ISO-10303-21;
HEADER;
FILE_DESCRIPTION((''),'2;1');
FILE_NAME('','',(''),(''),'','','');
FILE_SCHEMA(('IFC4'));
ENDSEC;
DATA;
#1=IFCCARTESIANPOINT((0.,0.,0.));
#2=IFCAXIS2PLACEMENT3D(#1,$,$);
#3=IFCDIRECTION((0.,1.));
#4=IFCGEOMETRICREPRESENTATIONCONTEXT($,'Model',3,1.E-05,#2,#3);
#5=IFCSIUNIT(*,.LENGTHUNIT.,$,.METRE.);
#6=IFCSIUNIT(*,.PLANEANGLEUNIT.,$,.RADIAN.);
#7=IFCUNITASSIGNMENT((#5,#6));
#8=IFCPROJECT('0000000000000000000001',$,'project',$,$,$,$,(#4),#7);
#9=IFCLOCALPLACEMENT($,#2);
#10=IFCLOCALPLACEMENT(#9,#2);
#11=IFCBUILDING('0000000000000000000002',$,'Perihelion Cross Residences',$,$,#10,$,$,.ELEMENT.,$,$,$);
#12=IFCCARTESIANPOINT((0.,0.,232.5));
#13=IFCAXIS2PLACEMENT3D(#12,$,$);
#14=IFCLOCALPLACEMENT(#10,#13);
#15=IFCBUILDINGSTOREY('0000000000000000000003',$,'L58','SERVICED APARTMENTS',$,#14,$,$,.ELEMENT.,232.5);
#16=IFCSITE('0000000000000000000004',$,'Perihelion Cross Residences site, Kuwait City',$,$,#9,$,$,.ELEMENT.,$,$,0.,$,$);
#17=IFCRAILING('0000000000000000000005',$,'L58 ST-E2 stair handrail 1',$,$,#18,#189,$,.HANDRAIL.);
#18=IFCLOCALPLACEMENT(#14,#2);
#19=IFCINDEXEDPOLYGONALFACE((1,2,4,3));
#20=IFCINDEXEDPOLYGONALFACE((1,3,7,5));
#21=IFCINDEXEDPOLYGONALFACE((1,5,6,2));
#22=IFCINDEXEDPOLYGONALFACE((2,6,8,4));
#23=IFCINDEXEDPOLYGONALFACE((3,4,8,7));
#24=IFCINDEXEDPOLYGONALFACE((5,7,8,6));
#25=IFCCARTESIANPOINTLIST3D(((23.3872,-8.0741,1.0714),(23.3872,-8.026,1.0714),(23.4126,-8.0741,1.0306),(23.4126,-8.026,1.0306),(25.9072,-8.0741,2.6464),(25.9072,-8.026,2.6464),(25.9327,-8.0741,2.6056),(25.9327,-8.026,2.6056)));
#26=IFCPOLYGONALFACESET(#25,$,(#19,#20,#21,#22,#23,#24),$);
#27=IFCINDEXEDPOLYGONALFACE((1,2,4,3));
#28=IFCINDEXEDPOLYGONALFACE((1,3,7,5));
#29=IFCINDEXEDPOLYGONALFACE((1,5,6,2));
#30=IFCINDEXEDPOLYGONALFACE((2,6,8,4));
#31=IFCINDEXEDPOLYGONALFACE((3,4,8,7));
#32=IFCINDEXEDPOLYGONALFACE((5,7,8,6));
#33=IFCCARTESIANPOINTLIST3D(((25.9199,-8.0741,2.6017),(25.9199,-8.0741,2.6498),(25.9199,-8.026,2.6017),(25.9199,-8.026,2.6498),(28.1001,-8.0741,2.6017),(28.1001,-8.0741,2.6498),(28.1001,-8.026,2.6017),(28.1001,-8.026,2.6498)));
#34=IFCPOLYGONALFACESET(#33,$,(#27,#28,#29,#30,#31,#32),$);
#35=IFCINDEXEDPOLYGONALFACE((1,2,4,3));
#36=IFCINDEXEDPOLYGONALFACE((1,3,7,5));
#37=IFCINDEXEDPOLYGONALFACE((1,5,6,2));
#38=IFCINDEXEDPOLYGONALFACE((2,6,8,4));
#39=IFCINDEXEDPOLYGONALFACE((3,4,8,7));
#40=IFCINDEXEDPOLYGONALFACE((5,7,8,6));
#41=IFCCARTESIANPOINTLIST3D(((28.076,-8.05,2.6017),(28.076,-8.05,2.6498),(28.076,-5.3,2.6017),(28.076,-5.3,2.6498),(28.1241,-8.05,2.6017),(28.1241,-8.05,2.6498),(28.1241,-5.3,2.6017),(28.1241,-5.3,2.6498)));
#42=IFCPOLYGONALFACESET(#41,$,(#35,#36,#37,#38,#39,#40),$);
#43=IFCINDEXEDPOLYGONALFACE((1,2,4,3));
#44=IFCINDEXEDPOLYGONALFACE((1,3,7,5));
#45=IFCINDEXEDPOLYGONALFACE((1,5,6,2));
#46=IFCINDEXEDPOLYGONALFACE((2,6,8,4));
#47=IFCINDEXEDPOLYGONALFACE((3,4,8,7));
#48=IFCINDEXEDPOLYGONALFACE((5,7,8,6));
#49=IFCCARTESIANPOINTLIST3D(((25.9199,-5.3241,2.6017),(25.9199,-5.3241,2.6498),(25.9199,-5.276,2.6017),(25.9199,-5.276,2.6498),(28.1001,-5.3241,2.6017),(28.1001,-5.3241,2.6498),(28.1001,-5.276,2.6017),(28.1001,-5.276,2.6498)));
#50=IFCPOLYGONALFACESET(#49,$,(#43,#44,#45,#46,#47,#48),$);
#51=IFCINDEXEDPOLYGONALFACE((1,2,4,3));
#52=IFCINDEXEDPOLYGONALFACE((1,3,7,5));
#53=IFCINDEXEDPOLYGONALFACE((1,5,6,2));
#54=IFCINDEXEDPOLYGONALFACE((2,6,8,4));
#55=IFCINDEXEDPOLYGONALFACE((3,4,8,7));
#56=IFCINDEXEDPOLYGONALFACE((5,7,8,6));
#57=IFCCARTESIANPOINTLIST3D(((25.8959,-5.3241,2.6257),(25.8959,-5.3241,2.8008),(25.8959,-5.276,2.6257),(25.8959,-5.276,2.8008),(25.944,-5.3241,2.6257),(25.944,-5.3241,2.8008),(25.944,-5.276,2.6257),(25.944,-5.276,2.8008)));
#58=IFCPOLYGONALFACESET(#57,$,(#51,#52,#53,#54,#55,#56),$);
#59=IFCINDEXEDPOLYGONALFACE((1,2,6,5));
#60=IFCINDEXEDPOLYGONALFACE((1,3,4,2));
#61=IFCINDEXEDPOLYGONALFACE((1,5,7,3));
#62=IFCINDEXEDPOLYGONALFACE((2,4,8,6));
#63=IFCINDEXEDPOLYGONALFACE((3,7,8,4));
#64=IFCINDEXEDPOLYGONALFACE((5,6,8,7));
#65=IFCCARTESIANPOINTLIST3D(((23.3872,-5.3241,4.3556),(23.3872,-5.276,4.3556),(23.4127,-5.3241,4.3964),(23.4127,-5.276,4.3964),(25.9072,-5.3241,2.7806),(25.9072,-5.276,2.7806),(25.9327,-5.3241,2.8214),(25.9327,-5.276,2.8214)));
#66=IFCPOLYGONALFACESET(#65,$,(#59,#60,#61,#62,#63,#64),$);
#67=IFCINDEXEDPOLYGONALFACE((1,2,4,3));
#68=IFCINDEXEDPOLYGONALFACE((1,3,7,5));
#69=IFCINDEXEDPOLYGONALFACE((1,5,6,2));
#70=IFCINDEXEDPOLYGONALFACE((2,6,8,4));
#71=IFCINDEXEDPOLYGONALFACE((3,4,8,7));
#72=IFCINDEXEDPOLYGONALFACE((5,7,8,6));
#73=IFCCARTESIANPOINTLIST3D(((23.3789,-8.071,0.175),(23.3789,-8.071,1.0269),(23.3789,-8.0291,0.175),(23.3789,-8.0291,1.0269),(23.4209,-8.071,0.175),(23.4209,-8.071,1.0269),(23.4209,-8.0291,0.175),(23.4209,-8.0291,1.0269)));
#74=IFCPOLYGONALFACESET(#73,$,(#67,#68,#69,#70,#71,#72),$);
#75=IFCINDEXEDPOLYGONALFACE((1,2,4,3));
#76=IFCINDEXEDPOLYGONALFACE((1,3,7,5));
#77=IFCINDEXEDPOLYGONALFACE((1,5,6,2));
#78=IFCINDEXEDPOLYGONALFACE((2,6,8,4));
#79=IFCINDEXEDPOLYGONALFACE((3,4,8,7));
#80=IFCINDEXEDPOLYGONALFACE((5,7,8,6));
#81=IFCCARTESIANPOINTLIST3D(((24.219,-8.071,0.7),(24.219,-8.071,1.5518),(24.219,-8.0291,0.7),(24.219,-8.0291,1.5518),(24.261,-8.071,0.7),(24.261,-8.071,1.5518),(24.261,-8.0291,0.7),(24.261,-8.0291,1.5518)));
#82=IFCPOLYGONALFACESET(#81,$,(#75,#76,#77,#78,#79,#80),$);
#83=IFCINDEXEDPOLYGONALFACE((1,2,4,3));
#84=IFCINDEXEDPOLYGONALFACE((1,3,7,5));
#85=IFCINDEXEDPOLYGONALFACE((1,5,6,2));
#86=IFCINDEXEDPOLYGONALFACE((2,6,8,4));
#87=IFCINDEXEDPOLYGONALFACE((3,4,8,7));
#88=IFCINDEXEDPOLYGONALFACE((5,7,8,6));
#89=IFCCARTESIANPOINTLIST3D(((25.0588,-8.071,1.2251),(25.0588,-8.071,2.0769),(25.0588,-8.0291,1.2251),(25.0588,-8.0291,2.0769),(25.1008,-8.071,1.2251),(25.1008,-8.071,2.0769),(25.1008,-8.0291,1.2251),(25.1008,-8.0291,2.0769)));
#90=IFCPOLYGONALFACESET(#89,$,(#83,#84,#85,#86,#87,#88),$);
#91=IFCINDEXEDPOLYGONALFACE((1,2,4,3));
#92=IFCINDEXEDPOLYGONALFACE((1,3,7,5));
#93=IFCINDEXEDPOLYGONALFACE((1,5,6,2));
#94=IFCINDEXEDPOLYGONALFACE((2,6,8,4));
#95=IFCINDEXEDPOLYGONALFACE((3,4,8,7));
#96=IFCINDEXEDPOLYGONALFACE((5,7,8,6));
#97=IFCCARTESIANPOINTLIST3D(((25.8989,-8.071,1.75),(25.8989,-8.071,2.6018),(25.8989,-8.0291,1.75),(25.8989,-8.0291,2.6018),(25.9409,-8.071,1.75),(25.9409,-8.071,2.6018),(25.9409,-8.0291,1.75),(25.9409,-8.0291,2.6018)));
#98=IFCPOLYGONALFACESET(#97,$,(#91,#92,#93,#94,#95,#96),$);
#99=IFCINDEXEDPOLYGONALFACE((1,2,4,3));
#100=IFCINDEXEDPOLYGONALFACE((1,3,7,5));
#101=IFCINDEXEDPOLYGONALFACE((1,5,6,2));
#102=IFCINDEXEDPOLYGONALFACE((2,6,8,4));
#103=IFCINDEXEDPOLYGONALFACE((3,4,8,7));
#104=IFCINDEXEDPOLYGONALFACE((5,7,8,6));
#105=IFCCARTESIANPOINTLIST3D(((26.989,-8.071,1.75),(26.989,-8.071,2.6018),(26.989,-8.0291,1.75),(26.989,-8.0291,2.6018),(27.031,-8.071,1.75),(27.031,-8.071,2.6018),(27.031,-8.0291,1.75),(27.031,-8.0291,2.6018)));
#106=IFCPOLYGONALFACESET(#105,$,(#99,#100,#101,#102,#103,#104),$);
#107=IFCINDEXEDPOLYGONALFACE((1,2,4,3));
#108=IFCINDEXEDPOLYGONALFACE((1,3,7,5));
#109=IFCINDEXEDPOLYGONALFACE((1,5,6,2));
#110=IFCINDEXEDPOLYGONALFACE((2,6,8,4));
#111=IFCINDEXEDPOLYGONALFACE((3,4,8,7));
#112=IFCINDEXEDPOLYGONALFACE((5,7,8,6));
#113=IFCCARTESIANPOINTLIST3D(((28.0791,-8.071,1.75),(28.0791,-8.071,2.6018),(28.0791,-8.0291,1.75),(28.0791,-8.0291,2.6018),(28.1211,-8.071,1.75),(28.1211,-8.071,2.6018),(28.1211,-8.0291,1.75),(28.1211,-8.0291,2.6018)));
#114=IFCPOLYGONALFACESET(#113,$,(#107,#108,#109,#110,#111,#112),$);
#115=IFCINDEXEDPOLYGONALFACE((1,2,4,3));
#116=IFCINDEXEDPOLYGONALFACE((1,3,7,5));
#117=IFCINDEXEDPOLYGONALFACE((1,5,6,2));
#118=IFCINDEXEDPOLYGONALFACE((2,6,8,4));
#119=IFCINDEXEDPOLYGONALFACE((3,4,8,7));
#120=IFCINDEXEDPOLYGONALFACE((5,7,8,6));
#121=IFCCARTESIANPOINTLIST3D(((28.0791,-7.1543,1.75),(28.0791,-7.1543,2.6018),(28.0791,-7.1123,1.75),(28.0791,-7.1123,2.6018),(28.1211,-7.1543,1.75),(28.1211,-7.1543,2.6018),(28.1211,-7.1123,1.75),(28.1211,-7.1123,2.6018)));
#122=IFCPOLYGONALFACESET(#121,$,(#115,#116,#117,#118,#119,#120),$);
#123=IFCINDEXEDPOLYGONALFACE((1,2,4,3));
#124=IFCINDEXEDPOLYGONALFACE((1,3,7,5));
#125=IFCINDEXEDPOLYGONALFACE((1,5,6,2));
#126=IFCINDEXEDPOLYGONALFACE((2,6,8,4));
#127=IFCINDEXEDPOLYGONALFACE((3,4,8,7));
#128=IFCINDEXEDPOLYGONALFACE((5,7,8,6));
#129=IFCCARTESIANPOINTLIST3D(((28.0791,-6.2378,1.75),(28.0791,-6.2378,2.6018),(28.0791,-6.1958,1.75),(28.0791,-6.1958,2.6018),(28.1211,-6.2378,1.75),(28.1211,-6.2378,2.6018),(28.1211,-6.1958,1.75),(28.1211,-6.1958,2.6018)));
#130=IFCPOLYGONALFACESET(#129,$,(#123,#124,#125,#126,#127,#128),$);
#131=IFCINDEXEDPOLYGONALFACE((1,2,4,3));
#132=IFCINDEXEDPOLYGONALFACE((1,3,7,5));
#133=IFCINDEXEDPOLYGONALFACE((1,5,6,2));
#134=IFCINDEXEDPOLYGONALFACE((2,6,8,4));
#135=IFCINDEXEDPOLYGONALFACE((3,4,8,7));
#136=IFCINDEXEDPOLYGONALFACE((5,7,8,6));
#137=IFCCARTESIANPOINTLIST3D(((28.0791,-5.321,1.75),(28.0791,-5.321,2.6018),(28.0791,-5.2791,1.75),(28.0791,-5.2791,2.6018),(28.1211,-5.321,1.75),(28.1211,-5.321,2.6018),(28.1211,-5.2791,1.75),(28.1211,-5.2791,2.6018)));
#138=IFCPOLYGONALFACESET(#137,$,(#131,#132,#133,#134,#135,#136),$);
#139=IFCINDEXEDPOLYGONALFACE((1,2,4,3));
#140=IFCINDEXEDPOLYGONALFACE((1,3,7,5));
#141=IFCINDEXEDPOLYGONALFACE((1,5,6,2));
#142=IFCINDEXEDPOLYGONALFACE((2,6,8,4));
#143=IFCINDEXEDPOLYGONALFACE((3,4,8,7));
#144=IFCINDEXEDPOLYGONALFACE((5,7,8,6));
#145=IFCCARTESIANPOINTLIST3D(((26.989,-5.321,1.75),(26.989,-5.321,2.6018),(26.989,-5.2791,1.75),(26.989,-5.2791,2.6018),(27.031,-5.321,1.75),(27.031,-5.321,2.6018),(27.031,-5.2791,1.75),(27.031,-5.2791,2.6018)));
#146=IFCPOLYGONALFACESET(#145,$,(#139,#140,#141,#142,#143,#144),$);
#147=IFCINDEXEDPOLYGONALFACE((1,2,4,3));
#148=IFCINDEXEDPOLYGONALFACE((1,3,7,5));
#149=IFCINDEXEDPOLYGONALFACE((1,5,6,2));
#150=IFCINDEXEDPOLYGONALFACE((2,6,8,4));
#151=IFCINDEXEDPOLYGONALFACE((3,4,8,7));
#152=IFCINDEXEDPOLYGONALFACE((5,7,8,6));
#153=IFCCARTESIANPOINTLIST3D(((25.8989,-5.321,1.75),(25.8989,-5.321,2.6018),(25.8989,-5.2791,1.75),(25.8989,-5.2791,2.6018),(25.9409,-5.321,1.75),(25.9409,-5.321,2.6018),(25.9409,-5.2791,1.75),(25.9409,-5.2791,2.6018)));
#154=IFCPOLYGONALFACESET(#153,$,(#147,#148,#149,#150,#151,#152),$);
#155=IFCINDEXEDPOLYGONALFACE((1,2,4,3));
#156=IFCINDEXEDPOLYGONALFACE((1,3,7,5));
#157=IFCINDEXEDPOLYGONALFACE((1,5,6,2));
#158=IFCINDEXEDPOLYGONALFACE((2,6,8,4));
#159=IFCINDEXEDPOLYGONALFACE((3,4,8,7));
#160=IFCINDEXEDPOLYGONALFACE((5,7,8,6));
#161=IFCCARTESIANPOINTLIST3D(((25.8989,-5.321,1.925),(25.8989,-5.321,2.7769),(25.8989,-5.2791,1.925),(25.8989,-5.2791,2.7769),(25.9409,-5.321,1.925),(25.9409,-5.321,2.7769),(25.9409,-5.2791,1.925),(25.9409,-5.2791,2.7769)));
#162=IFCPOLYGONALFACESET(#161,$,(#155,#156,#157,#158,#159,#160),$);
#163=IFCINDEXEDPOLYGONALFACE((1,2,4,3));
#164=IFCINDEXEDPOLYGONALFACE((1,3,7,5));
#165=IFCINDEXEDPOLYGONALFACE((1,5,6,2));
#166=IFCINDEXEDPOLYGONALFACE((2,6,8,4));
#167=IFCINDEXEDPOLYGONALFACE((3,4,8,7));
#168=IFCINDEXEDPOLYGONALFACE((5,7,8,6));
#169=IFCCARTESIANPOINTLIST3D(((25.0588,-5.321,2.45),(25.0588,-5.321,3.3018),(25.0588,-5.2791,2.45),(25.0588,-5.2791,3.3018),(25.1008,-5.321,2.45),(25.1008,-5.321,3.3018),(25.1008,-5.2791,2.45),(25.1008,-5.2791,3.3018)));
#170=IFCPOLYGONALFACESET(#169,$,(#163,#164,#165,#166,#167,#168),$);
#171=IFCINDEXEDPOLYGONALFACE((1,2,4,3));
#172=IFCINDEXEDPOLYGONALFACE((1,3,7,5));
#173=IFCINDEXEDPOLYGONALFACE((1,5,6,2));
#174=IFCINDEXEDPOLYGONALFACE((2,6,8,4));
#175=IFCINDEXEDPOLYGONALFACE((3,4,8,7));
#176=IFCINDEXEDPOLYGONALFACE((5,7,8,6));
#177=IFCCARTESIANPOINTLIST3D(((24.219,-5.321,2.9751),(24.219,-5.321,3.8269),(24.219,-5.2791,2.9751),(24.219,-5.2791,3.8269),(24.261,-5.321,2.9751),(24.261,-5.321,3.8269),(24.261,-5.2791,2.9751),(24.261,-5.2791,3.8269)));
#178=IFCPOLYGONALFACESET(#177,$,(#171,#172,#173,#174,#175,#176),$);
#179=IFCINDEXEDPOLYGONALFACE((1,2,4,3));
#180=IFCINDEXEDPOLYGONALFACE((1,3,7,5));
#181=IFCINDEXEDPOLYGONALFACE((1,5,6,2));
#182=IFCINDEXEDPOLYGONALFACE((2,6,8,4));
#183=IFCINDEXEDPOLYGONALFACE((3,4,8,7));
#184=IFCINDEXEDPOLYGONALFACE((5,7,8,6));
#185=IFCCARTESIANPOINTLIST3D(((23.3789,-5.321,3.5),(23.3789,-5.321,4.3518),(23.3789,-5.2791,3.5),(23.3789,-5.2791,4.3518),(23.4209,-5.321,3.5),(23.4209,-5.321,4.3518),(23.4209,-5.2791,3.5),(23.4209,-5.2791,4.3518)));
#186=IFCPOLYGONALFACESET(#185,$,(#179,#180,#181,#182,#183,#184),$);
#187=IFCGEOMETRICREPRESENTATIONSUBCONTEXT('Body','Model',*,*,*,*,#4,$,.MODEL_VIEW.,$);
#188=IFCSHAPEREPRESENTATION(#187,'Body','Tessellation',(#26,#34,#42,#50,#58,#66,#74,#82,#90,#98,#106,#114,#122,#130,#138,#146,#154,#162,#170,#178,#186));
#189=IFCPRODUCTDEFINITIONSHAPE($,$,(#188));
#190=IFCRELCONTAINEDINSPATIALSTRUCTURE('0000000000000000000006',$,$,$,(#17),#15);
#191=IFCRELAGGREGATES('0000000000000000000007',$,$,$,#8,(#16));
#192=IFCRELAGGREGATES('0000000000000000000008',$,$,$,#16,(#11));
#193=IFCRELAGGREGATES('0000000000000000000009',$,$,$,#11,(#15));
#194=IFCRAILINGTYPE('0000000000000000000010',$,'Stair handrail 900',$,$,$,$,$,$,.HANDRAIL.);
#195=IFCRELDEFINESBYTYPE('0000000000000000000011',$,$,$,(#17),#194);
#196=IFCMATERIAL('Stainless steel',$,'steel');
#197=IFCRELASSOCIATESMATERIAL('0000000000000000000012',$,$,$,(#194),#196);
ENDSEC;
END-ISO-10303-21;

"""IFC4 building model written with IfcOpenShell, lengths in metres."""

from ifc_helpers import new_model, si_unit, direction, frame, origin, origin_2d, place, context, subcontext, project, spatial, rectangle, extrude, material, type_object, element, save


model = new_model("IFC4")

# Units and contexts
model_context = context("Model", 3, precision=1e-05, world=origin(), true_north=direction((0.0, 1.0)))
body_context = subcontext(model_context, "Body", "Model", "MODEL_VIEW")
ifc_project = project(units=[si_unit("LENGTHUNIT", "METRE"), si_unit("PLANEANGLEUNIT", "RADIAN")], contexts=[model_context])

# Site, building, storey
site_placement = place(None, origin())
site = spatial("IfcSite", under=ifc_project, at=site_placement, Name="Perihelion Cross Residences site, Kuwait City", CompositionType="ELEMENT", RefElevation=0.0)
building_placement = place(site_placement, origin())
building = spatial("IfcBuilding", under=site, at=building_placement, Name="Perihelion Cross Residences", CompositionType="ELEMENT")
storey_placement = place(building_placement, frame((0.0, 0.0, 232.5)))
storey = spatial("IfcBuildingStorey", under=building, at=storey_placement, Name="L58", Description="SERVICED APARTMENTS", CompositionType="ELEMENT", Elevation=232.5)

# Railing
ifc_material_1 = material(Name="Stainless steel", Category="steel")
railing_type_1 = type_object("IfcRailingType", Name="Stair handrail 900", PredefinedType="HANDRAIL", material=ifc_material_1)
railing_1_placement = place(storey_placement, frame((23.3999, -8.05, 0.175)))
element("IfcRailing", 1, at=railing_1_placement, inside=storey, type_object=railing_type_1, Name="L58 ST-E2 stair handrail 1", PredefinedType="HANDRAIL", context=body_context, shape_type="SweptSolid", body=[
    extrude(rectangle(XDim=0.0481, YDim=0.0481, at=origin_2d()), frame((0.0, 0.0, 0.876), z_axis=(0.848008, 0.0, 0.529984), x_axis=(0.0, 1.0, 0.0)), (0.0, 0.0, 1.0), 2.9717),
    extrude(rectangle(XDim=0.0481, YDim=0.0481, at=origin_2d()), frame((2.52, 0.0, 2.4507), z_axis=(1.0, 0.0, 0.0), x_axis=(0.0, 1.0, 0.0)), (0.0, 0.0, 1.0), 2.1802),
    extrude(rectangle(XDim=0.0481, YDim=0.0481, at=origin_2d()), frame((4.7002, 0.0, 2.4507), z_axis=(0.0, 1.0, 0.0), x_axis=(-1.0, 0.0, 0.0)), (0.0, 0.0, 1.0), 2.75),
    extrude(rectangle(XDim=0.0481, YDim=0.0481, at=origin_2d()), frame((4.7002, 2.75, 2.4507), z_axis=(-1.0, 0.0, 0.0), x_axis=(0.0, -1.0, 0.0)), (0.0, 0.0, 1.0), 2.1802),
    extrude(rectangle(XDim=0.0481, YDim=0.0481, at=origin_2d()), frame((2.52, 2.75, 2.4507), z_axis=(0.0, 0.0, 1.0), x_axis=(1.0, 0.0, 0.0)), (0.0, 0.0, 1.0), 0.175),
    extrude(rectangle(XDim=0.0481, YDim=0.0481, at=origin_2d()), frame((2.52, 2.75, 2.626), z_axis=(-0.848008, 0.0, 0.529984), x_axis=(0.0, -1.0, 0.0)), (0.0, 0.0, 1.0), 2.9717),
    extrude(rectangle(XDim=0.042, YDim=0.042, at=origin_2d()), origin(), (0.0, 0.0, 1.0), 0.8518),
    extrude(rectangle(XDim=0.042, YDim=0.042, at=origin_2d()), frame((0.8401, 0.0, 0.5249)), (0.0, 0.0, 1.0), 0.8518),
    extrude(rectangle(XDim=0.042, YDim=0.042, at=origin_2d()), frame((1.6799, 0.0, 1.05)), (0.0, 0.0, 1.0), 0.8518),
    extrude(rectangle(XDim=0.042, YDim=0.042, at=origin_2d()), frame((2.52, 0.0, 1.575)), (0.0, 0.0, 1.0), 0.8518),
    extrude(rectangle(XDim=0.042, YDim=0.042, at=origin_2d()), frame((3.6101, 0.0, 1.575)), (0.0, 0.0, 1.0), 0.8518),
    extrude(rectangle(XDim=0.042, YDim=0.042, at=origin_2d()), frame((4.7002, 0.0, 1.575)), (0.0, 0.0, 1.0), 0.8518),
    extrude(rectangle(XDim=0.042, YDim=0.042, at=origin_2d()), frame((4.7002, 0.9167, 1.575)), (0.0, 0.0, 1.0), 0.8518),
    extrude(rectangle(XDim=0.042, YDim=0.042, at=origin_2d()), frame((4.7002, 1.8333, 1.575)), (0.0, 0.0, 1.0), 0.8518),
    extrude(rectangle(XDim=0.042, YDim=0.042, at=origin_2d()), frame((4.7002, 2.75, 1.575)), (0.0, 0.0, 1.0), 0.8518),
    extrude(rectangle(XDim=0.042, YDim=0.042, at=origin_2d()), frame((3.6101, 2.75, 1.575)), (0.0, 0.0, 1.0), 0.8518),
    extrude(rectangle(XDim=0.042, YDim=0.042, at=origin_2d()), frame((2.52, 2.75, 1.575)), (0.0, 0.0, 1.0), 0.8518),
    extrude(rectangle(XDim=0.042, YDim=0.042, at=origin_2d()), frame((2.52, 2.75, 1.75)), (0.0, 0.0, 1.0), 0.8518),
    extrude(rectangle(XDim=0.042, YDim=0.042, at=origin_2d()), frame((1.6799, 2.75, 2.2749)), (0.0, 0.0, 1.0), 0.8518),
    extrude(rectangle(XDim=0.042, YDim=0.042, at=origin_2d()), frame((0.8401, 2.75, 2.8)), (0.0, 0.0, 1.0), 0.8518),
    extrude(rectangle(XDim=0.042, YDim=0.042, at=origin_2d()), frame((0.0, 2.75, 3.325)), (0.0, 0.0, 1.0), 0.8518),
])

save(model, "model.ifc")
